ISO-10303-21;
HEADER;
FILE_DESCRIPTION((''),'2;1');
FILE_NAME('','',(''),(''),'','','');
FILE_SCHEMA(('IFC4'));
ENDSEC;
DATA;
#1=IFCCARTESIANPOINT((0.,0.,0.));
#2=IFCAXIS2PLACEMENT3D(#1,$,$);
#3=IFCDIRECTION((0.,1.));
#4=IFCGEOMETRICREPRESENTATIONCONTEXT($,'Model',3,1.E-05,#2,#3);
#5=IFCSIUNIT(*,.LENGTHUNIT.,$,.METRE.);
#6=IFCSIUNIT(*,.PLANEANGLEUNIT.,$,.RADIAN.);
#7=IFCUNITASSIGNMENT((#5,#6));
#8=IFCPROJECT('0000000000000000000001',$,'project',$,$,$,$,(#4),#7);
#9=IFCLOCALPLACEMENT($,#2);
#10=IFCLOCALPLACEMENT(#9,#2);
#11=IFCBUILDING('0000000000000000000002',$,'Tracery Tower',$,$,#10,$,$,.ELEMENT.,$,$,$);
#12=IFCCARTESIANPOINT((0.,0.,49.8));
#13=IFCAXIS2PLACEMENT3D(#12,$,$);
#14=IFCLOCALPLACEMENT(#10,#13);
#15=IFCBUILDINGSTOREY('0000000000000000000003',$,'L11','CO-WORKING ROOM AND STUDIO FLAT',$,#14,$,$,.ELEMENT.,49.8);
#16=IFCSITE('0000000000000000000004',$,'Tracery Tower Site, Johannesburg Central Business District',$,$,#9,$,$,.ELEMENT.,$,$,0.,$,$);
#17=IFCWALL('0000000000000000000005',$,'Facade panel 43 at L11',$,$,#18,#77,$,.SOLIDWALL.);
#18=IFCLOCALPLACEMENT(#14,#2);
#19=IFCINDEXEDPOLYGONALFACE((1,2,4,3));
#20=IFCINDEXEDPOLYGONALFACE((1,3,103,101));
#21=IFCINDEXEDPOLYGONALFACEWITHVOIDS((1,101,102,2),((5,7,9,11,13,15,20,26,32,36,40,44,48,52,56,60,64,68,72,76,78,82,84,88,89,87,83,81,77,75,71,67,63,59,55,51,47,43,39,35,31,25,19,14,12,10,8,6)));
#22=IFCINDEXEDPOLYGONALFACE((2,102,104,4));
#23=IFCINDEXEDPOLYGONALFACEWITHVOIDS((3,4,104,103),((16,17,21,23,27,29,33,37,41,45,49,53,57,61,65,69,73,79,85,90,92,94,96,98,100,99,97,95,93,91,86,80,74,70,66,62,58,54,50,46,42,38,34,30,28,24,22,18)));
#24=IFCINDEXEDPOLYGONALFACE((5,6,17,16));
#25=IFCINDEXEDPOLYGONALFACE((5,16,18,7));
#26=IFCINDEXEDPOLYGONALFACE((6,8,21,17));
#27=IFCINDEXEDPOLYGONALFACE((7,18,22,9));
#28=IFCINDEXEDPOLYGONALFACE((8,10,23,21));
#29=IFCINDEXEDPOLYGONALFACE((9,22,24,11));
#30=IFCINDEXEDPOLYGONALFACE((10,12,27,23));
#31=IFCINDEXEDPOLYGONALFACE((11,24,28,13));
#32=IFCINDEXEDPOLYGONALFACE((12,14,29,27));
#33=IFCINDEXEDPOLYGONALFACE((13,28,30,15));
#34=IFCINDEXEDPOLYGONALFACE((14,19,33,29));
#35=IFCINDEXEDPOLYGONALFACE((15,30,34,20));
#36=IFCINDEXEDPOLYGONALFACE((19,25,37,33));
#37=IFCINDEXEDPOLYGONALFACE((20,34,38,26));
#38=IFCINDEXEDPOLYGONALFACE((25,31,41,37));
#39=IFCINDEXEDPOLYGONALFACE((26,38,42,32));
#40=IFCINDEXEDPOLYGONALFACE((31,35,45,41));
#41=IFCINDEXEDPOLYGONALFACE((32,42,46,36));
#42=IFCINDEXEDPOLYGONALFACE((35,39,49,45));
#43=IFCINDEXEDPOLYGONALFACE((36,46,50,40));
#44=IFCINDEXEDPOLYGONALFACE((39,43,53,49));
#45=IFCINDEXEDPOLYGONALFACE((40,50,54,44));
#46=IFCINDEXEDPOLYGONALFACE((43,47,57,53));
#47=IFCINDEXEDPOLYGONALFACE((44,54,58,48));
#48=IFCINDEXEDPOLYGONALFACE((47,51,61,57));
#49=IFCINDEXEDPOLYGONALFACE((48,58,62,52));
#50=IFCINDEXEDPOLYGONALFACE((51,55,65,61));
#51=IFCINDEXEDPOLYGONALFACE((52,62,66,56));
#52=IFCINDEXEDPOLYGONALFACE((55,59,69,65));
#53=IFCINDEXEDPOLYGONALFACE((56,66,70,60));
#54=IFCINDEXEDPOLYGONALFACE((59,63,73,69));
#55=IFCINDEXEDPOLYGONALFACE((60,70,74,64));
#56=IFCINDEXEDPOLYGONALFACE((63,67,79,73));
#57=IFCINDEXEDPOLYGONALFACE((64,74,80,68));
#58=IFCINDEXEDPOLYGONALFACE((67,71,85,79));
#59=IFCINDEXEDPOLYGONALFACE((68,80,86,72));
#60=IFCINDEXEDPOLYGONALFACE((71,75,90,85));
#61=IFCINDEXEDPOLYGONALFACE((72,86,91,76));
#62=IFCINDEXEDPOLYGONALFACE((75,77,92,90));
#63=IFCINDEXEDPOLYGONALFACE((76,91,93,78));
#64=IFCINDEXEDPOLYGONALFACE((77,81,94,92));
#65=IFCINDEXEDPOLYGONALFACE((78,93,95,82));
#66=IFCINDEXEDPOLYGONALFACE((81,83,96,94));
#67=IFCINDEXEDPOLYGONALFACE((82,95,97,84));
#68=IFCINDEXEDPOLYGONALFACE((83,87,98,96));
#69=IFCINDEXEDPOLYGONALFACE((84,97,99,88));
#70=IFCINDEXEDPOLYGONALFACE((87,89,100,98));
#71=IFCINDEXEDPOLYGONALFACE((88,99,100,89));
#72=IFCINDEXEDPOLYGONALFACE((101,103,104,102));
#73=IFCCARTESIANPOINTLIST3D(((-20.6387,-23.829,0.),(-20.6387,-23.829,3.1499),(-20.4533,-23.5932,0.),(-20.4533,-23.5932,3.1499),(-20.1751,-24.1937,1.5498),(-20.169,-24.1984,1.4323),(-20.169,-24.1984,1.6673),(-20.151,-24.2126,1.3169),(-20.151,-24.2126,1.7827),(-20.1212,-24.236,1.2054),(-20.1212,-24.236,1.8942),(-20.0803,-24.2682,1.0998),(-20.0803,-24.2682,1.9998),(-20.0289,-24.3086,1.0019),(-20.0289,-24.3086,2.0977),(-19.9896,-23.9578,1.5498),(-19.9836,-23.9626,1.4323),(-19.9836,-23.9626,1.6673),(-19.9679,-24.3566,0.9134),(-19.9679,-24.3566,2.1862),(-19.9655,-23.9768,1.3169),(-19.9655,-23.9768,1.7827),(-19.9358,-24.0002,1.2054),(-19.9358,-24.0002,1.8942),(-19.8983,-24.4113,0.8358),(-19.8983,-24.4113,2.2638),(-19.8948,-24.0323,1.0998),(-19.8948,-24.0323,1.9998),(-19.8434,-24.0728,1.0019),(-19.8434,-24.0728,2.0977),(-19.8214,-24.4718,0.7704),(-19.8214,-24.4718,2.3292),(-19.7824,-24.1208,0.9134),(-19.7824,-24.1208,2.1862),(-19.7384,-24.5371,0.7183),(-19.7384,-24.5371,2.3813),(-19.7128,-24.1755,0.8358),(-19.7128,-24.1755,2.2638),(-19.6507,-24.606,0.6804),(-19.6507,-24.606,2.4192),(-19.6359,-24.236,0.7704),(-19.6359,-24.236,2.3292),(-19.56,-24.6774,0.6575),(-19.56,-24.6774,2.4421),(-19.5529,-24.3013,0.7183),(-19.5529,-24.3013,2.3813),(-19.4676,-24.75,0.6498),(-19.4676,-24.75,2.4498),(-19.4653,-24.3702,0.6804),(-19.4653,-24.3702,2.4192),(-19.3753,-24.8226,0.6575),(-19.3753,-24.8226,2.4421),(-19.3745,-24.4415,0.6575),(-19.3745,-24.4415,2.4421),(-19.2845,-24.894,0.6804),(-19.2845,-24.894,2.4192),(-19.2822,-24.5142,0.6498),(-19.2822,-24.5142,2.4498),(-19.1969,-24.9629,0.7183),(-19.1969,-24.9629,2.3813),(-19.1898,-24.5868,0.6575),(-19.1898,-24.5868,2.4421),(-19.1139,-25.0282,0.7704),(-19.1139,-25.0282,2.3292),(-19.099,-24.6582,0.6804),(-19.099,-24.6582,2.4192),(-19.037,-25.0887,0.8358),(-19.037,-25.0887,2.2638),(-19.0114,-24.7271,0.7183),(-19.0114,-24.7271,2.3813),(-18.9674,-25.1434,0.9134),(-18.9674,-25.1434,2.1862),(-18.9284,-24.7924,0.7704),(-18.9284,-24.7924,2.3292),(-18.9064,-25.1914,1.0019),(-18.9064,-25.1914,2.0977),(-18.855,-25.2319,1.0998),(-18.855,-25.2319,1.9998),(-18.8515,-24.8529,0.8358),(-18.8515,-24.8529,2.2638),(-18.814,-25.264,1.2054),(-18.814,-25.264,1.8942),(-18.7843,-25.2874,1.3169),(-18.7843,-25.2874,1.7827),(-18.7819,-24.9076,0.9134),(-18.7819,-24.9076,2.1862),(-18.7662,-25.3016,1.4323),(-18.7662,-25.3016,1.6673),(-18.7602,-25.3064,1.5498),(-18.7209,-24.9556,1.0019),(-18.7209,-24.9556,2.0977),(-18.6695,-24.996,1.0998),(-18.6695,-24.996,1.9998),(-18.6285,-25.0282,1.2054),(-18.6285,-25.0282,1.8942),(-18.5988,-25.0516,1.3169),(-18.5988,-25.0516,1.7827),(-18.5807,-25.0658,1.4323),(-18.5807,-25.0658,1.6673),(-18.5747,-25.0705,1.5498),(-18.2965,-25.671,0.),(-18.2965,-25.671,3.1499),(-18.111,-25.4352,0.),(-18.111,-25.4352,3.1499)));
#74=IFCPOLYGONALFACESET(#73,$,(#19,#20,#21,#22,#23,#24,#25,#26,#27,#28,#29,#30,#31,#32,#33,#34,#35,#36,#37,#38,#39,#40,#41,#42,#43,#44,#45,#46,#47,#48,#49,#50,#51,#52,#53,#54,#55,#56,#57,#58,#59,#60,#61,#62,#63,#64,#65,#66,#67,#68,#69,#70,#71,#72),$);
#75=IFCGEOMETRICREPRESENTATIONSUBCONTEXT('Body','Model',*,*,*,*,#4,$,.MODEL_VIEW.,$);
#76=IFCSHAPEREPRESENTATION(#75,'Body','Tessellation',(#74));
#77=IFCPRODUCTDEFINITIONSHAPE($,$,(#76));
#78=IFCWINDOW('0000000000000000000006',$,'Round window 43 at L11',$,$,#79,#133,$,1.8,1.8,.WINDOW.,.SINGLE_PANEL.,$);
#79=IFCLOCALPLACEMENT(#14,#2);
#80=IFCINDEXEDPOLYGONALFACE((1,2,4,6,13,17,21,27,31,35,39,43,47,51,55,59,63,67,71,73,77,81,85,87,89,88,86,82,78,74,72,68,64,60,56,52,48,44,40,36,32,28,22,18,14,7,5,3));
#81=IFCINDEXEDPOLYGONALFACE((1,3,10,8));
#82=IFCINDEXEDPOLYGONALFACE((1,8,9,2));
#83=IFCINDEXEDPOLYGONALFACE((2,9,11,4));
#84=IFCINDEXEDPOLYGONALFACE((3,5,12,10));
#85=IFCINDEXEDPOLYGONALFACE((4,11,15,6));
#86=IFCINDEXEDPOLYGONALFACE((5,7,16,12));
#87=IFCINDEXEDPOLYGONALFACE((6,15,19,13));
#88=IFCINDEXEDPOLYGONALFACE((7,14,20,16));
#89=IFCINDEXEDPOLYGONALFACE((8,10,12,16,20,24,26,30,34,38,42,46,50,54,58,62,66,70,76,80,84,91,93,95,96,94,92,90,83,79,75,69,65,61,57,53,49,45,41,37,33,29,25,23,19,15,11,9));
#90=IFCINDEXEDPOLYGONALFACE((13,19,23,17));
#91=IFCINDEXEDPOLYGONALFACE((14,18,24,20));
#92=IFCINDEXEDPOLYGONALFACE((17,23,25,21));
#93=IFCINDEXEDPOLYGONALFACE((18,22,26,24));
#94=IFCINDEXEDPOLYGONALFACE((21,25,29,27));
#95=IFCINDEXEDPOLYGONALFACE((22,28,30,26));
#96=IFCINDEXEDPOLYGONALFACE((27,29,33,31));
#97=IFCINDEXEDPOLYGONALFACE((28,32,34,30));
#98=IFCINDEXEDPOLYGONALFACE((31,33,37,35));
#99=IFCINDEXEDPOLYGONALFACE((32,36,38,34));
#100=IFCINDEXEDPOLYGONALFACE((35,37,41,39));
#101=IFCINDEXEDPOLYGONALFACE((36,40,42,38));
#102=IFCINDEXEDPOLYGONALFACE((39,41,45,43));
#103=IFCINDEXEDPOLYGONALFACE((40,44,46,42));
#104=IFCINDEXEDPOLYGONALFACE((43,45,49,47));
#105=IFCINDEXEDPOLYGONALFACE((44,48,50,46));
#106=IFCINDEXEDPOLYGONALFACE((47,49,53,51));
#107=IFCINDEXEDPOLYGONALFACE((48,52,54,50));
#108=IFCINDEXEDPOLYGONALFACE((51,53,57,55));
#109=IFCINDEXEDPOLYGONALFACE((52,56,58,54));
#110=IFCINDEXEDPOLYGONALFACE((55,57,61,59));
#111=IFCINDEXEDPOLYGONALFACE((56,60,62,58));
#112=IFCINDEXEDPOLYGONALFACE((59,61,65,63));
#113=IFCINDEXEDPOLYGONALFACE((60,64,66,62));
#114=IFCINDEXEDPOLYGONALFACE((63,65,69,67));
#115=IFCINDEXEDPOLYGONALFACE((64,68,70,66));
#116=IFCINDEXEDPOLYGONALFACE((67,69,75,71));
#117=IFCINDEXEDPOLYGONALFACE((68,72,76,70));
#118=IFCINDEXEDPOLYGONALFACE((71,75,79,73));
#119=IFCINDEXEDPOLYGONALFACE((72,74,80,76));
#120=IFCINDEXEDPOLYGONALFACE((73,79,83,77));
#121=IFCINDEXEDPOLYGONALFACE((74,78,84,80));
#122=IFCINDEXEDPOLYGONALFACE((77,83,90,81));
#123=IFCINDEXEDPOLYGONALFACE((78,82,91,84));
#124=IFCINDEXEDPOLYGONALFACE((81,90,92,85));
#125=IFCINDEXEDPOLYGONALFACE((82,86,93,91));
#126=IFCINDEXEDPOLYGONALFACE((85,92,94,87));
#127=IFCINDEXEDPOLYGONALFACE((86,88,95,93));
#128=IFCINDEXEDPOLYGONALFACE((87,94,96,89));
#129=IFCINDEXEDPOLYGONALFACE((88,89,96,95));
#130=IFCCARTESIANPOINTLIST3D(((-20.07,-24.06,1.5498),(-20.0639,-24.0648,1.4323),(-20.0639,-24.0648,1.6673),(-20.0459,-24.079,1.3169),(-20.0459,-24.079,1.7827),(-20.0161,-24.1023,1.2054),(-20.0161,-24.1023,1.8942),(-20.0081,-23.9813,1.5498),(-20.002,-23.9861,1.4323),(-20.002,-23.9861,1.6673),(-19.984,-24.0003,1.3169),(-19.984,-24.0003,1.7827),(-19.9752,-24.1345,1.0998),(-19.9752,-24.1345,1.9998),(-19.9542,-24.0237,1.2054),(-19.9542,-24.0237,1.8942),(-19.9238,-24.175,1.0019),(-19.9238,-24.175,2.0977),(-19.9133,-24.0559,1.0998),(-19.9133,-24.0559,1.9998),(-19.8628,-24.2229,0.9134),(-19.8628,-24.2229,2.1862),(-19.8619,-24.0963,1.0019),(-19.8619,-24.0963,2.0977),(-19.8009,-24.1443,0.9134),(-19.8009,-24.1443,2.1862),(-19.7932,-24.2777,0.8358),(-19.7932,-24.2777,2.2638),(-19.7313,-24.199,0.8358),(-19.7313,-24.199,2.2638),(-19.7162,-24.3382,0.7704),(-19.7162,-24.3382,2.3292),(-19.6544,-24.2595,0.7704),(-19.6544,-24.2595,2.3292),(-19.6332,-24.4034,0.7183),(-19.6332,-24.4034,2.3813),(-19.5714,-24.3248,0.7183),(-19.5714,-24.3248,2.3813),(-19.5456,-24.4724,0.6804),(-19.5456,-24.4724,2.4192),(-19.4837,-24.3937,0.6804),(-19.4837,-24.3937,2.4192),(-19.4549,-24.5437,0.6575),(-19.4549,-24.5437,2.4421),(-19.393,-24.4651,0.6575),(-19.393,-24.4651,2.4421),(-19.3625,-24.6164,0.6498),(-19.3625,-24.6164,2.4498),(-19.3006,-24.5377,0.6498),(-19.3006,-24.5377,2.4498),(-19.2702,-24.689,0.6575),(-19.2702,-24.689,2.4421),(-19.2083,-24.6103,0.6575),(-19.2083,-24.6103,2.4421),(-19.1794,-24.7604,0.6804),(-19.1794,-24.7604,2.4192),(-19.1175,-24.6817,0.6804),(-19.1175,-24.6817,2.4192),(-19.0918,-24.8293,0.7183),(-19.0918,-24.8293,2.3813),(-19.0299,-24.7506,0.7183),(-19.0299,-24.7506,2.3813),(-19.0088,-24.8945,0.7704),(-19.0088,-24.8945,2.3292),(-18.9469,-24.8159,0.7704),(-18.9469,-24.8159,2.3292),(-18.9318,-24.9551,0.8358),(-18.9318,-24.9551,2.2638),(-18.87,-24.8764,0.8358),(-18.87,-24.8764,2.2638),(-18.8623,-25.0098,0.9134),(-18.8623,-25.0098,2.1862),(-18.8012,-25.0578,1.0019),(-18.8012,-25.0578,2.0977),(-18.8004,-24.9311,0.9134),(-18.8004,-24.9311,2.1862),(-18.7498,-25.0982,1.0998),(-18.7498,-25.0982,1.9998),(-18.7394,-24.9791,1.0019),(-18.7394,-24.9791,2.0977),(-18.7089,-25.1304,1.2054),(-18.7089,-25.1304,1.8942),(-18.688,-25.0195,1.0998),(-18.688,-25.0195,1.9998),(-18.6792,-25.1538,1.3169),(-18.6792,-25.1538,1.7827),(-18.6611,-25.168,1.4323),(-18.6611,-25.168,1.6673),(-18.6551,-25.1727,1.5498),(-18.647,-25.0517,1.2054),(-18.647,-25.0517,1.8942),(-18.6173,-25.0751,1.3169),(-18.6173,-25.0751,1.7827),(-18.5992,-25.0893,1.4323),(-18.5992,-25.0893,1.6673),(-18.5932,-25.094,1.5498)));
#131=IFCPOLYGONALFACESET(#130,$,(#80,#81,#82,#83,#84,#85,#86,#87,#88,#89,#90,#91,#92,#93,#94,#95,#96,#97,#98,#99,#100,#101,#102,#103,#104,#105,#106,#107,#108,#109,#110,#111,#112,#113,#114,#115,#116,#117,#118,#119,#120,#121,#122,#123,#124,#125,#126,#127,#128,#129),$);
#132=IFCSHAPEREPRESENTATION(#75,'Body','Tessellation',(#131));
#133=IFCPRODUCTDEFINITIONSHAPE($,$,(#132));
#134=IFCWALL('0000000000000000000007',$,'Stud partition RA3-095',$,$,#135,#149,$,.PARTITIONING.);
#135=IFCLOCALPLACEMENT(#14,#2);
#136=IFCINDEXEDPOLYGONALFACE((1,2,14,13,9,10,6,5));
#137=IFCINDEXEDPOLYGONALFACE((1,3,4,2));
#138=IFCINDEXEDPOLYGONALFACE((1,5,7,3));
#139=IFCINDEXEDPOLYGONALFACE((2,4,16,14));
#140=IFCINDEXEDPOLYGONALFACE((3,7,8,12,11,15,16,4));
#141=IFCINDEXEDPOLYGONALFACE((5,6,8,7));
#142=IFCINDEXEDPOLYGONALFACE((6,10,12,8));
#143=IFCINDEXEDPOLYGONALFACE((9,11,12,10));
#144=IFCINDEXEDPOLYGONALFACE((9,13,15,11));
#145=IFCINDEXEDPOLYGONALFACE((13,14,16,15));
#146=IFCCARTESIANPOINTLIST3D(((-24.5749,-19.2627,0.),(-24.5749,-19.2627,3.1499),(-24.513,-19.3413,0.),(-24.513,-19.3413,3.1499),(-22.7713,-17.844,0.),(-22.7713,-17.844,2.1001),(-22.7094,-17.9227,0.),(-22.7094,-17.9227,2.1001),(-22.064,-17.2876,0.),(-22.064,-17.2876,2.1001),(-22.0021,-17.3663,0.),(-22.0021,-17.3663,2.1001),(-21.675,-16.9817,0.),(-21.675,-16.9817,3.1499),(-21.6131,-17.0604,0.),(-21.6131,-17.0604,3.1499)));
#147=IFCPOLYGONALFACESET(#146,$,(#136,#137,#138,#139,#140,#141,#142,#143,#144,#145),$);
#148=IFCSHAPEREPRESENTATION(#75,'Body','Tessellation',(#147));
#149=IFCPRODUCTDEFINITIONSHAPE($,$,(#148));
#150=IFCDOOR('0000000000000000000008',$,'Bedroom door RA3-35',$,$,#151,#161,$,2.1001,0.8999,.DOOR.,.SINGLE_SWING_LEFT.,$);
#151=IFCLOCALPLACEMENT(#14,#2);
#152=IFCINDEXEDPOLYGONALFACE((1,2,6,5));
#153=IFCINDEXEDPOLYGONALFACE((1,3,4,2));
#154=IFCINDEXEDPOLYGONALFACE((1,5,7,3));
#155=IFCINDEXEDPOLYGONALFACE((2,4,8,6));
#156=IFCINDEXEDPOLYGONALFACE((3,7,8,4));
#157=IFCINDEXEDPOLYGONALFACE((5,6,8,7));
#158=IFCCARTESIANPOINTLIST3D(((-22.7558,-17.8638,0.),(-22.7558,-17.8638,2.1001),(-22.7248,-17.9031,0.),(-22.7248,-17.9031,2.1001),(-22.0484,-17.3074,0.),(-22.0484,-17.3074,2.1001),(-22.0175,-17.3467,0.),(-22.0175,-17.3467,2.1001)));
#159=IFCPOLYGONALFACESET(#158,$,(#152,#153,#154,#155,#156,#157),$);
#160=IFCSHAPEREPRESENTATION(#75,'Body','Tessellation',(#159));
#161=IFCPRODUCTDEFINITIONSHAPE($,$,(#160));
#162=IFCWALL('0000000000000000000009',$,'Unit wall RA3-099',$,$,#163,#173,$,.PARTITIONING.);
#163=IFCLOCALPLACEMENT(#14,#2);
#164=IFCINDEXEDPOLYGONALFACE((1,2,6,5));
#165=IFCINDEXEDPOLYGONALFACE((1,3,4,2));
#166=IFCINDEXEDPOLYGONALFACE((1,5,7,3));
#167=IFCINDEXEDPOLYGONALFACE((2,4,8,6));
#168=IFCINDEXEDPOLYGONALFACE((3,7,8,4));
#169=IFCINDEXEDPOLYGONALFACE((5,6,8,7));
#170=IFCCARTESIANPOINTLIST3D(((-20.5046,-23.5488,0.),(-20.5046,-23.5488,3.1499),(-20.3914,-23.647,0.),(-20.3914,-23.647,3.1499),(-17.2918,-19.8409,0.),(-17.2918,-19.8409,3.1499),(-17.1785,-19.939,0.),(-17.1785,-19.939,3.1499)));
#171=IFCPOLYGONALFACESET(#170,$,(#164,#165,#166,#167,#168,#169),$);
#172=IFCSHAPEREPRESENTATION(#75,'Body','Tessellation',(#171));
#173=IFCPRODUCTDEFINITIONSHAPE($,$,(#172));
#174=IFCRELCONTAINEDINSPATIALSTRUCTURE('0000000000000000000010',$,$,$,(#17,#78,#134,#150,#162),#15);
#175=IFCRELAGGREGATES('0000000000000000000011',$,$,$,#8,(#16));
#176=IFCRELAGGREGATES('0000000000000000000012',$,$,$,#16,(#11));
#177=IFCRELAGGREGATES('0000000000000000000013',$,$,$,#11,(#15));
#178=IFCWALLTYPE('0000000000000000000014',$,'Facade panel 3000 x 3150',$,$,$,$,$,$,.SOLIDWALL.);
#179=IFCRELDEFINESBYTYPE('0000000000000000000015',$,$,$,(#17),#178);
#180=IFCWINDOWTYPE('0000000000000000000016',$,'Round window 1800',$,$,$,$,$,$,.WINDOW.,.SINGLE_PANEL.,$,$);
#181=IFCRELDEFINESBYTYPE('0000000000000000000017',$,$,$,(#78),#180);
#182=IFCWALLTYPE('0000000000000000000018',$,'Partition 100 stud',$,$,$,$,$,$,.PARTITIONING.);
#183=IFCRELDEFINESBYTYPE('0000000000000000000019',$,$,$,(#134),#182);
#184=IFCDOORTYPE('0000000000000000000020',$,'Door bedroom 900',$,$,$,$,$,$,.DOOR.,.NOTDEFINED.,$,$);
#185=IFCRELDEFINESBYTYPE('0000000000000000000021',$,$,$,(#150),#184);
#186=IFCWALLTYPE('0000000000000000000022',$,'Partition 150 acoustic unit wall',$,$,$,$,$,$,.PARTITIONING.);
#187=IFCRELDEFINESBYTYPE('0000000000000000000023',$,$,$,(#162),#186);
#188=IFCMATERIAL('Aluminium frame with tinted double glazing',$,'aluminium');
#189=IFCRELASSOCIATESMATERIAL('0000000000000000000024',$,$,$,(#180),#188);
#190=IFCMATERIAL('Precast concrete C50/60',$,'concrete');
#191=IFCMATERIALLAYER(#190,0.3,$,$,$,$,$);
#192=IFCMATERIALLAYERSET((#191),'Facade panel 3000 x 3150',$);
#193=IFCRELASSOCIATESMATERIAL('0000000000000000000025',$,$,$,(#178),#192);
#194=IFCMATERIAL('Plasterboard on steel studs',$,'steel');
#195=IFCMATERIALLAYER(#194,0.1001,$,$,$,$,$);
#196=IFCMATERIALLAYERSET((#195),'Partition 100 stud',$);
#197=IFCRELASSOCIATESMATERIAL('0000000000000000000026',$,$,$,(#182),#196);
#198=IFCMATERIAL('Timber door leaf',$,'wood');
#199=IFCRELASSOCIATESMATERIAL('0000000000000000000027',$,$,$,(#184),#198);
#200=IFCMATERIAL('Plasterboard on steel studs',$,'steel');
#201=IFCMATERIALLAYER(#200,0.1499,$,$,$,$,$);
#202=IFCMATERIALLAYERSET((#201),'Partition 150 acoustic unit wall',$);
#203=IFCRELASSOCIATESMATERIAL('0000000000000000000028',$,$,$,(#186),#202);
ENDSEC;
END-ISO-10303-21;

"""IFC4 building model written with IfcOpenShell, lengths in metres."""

from ifc_helpers import new_model, si_unit, direction, frame, frame_2d, origin, origin_2d, place, context, subcontext, project, spatial, rectangle, circle, extrude, material, layer, layer_set, type_object, element, fill, save


model = new_model("IFC4")

# Units and contexts
model_context = context("Model", 3, precision=1e-05, world=origin(), true_north=direction((0.0, 1.0)))
body_context = subcontext(model_context, "Body", "Model", "MODEL_VIEW")
ifc_project = project(units=[si_unit("LENGTHUNIT", "METRE"), si_unit("PLANEANGLEUNIT", "RADIAN")], contexts=[model_context])

# Site, building, storey
site_placement = place(None, origin())
site = spatial("IfcSite", under=ifc_project, at=site_placement, Name="Tracery Tower Site, Johannesburg Central Business District", CompositionType="ELEMENT", RefElevation=0.0)
building_placement = place(site_placement, origin())
building = spatial("IfcBuilding", under=site, at=building_placement, Name="Tracery Tower", CompositionType="ELEMENT")
storey_placement = place(building_placement, frame((0.0, 0.0, 49.8)))
storey = spatial("IfcBuildingStorey", under=building, at=storey_placement, Name="L11", Description="CO-WORKING ROOM AND STUDIO FLAT", CompositionType="ELEMENT", Elevation=49.8)

# Wall, opening, window
ifc_material_1 = material(Name="Aluminium frame with tinted double glazing", Category="aluminium")
window_type = type_object("IfcWindowType", Name="Round window 1800", PartitioningType="SINGLE_PANEL", PredefinedType="WINDOW", material=ifc_material_1)
ifc_material_2 = material(Name="Precast concrete C50/60", Category="concrete")
ifc_layer_1 = layer(ifc_material_2, 0.3)
ifc_layer_set_1 = layer_set([ifc_layer_1], Name="Facade panel 3000 x 3150")
wall_type_1 = type_object("IfcWallType", Name="Facade panel 3000 x 3150", PredefinedType="SOLIDWALL", material=ifc_layer_set_1)
wall_1_placement = place(storey_placement, frame((-20.5459, -23.7112, 0.0), z_axis=(0.0, 0.0, 1.0), x_axis=(0.786045, -0.618169, 0.0)))
wall_1 = element("IfcWall", 1, at=wall_1_placement, inside=storey, type_object=wall_type_1, Name="Facade panel 43 at L11", PredefinedType="SOLIDWALL", context=body_context, shape_type="SweptSolid", body=[
    extrude(rectangle(XDim=2.9797, YDim=0.3, at=frame_2d((1.4897, 0.0))), origin(), (0.0, 0.0, 1.0), 3.1499),
])
opening_1_placement = place(wall_1_placement, frame((1.4897, 0.0, 1.5498)))
opening_1 = element("IfcOpeningElement", 2, at=opening_1_placement, cuts=wall_1, PredefinedType="OPENING", context=body_context, shape_type="SweptSolid", body=[
    extrude(circle(Radius=0.9, at=origin_2d()), frame((0.0, 0.1599, 0.0), z_axis=(0.0, -1.0, 0.0), x_axis=(1.0, 0.0, 0.0)), (0.0, 0.0, 1.0), 0.3201),
])
window_1_placement = place(opening_1_placement, origin())
window_1 = element("IfcWindow", 3, at=window_1_placement, inside=storey, type_object=window_type, Name="Round window 43 at L11", OverallHeight=1.8, OverallWidth=1.8, PartitioningType="SINGLE_PANEL", PredefinedType="WINDOW", context=body_context, shape_type="SweptSolid", body=[
    extrude(circle(Radius=0.9, at=origin_2d()), frame((0.0, 0.1201, 0.0), z_axis=(0.0, -1.0, 0.0), x_axis=(1.0, 0.0, 0.0)), (0.0, 0.0, 1.0), 0.1001),
])
fill(opening_1, window_1)

# Wall, opening, door
ifc_material_3 = material(Name="Plasterboard on steel studs", Category="steel")
ifc_layer_2 = layer(ifc_material_3, 0.1001)
ifc_layer_set_2 = layer_set([ifc_layer_2], Name="Partition 100 stud")
wall_type_2 = type_object("IfcWallType", Name="Partition 100 stud", PredefinedType="PARTITIONING", material=ifc_layer_set_2)
wall_2_placement = place(storey_placement, frame((-24.5439, -19.302, 0.0), z_axis=(0.0, 0.0, 1.0), x_axis=(0.785988, 0.618242, 0.0)))
wall_2 = element("IfcWall", 4, at=wall_2_placement, inside=storey, type_object=wall_type_2, Name="Stud partition RA3-095", PredefinedType="PARTITIONING", context=body_context, shape_type="SweptSolid", body=[
    extrude(rectangle(XDim=3.6895, YDim=0.1001, at=frame_2d((1.8447, 0.0))), origin(), (0.0, 0.0, 1.0), 3.1499),
])
opening_2_placement = place(wall_2_placement, frame((2.2947, 0.0, 0.0)))
opening_2 = element("IfcOpeningElement", 5, at=opening_2_placement, cuts=wall_2, PredefinedType="OPENING", context=body_context, shape_type="SweptSolid", body=[
    extrude(rectangle(XDim=0.8999, YDim=2.1001, at=frame_2d((0.45, 1.05))), frame((0.0, 0.05, 0.0), z_axis=(0.0, -1.0, 0.0), x_axis=(1.0, 0.0, 0.0)), (0.0, 0.0, 1.0), 0.1001),
])
ifc_material_4 = material(Name="Timber door leaf", Category="wood")
door_type_1 = type_object("IfcDoorType", Name="Door bedroom 900", OperationType="NOTDEFINED", PredefinedType="DOOR", material=ifc_material_4)
door_1_placement = place(opening_2_placement, origin())
door_1 = element("IfcDoor", 6, at=door_1_placement, inside=storey, type_object=door_type_1, Name="Bedroom door RA3-35", OperationType="SINGLE_SWING_LEFT", OverallHeight=2.1001, OverallWidth=0.8999, PredefinedType="DOOR", context=body_context, shape_type="SweptSolid", body=[
    extrude(rectangle(XDim=0.8999, YDim=2.1001, at=frame_2d((0.45, 1.05))), frame((0.0, 0.0249, 0.0), z_axis=(0.0, -1.0, 0.0), x_axis=(1.0, 0.0, 0.0)), (0.0, 0.0, 1.0), 0.05),
])
fill(opening_2, door_1)

# Wall
ifc_material_5 = material(Name="Plasterboard on steel studs", Category="steel")
ifc_layer_3 = layer(ifc_material_5, 0.1499)
ifc_layer_set_3 = layer_set([ifc_layer_3], Name="Partition 150 acoustic unit wall")
wall_type_3 = type_object("IfcWallType", Name="Partition 150 acoustic unit wall", PredefinedType="PARTITIONING", material=ifc_layer_set_3)
wall_3_placement = place(storey_placement, frame((-20.448, -23.5979, 0.0), z_axis=(0.0, 0.0, 1.0), x_axis=(0.654847, 0.755761, 0.0)))
element("IfcWall", 7, at=wall_3_placement, inside=storey, type_object=wall_type_3, Name="Unit wall RA3-099", PredefinedType="PARTITIONING", context=body_context, shape_type="SweptSolid", body=[
    extrude(rectangle(XDim=4.9062, YDim=0.1499, at=frame_2d((2.4531, 0.0))), origin(), (0.0, 0.0, 1.0), 3.1499),
])

save(model, "model.ifc")
